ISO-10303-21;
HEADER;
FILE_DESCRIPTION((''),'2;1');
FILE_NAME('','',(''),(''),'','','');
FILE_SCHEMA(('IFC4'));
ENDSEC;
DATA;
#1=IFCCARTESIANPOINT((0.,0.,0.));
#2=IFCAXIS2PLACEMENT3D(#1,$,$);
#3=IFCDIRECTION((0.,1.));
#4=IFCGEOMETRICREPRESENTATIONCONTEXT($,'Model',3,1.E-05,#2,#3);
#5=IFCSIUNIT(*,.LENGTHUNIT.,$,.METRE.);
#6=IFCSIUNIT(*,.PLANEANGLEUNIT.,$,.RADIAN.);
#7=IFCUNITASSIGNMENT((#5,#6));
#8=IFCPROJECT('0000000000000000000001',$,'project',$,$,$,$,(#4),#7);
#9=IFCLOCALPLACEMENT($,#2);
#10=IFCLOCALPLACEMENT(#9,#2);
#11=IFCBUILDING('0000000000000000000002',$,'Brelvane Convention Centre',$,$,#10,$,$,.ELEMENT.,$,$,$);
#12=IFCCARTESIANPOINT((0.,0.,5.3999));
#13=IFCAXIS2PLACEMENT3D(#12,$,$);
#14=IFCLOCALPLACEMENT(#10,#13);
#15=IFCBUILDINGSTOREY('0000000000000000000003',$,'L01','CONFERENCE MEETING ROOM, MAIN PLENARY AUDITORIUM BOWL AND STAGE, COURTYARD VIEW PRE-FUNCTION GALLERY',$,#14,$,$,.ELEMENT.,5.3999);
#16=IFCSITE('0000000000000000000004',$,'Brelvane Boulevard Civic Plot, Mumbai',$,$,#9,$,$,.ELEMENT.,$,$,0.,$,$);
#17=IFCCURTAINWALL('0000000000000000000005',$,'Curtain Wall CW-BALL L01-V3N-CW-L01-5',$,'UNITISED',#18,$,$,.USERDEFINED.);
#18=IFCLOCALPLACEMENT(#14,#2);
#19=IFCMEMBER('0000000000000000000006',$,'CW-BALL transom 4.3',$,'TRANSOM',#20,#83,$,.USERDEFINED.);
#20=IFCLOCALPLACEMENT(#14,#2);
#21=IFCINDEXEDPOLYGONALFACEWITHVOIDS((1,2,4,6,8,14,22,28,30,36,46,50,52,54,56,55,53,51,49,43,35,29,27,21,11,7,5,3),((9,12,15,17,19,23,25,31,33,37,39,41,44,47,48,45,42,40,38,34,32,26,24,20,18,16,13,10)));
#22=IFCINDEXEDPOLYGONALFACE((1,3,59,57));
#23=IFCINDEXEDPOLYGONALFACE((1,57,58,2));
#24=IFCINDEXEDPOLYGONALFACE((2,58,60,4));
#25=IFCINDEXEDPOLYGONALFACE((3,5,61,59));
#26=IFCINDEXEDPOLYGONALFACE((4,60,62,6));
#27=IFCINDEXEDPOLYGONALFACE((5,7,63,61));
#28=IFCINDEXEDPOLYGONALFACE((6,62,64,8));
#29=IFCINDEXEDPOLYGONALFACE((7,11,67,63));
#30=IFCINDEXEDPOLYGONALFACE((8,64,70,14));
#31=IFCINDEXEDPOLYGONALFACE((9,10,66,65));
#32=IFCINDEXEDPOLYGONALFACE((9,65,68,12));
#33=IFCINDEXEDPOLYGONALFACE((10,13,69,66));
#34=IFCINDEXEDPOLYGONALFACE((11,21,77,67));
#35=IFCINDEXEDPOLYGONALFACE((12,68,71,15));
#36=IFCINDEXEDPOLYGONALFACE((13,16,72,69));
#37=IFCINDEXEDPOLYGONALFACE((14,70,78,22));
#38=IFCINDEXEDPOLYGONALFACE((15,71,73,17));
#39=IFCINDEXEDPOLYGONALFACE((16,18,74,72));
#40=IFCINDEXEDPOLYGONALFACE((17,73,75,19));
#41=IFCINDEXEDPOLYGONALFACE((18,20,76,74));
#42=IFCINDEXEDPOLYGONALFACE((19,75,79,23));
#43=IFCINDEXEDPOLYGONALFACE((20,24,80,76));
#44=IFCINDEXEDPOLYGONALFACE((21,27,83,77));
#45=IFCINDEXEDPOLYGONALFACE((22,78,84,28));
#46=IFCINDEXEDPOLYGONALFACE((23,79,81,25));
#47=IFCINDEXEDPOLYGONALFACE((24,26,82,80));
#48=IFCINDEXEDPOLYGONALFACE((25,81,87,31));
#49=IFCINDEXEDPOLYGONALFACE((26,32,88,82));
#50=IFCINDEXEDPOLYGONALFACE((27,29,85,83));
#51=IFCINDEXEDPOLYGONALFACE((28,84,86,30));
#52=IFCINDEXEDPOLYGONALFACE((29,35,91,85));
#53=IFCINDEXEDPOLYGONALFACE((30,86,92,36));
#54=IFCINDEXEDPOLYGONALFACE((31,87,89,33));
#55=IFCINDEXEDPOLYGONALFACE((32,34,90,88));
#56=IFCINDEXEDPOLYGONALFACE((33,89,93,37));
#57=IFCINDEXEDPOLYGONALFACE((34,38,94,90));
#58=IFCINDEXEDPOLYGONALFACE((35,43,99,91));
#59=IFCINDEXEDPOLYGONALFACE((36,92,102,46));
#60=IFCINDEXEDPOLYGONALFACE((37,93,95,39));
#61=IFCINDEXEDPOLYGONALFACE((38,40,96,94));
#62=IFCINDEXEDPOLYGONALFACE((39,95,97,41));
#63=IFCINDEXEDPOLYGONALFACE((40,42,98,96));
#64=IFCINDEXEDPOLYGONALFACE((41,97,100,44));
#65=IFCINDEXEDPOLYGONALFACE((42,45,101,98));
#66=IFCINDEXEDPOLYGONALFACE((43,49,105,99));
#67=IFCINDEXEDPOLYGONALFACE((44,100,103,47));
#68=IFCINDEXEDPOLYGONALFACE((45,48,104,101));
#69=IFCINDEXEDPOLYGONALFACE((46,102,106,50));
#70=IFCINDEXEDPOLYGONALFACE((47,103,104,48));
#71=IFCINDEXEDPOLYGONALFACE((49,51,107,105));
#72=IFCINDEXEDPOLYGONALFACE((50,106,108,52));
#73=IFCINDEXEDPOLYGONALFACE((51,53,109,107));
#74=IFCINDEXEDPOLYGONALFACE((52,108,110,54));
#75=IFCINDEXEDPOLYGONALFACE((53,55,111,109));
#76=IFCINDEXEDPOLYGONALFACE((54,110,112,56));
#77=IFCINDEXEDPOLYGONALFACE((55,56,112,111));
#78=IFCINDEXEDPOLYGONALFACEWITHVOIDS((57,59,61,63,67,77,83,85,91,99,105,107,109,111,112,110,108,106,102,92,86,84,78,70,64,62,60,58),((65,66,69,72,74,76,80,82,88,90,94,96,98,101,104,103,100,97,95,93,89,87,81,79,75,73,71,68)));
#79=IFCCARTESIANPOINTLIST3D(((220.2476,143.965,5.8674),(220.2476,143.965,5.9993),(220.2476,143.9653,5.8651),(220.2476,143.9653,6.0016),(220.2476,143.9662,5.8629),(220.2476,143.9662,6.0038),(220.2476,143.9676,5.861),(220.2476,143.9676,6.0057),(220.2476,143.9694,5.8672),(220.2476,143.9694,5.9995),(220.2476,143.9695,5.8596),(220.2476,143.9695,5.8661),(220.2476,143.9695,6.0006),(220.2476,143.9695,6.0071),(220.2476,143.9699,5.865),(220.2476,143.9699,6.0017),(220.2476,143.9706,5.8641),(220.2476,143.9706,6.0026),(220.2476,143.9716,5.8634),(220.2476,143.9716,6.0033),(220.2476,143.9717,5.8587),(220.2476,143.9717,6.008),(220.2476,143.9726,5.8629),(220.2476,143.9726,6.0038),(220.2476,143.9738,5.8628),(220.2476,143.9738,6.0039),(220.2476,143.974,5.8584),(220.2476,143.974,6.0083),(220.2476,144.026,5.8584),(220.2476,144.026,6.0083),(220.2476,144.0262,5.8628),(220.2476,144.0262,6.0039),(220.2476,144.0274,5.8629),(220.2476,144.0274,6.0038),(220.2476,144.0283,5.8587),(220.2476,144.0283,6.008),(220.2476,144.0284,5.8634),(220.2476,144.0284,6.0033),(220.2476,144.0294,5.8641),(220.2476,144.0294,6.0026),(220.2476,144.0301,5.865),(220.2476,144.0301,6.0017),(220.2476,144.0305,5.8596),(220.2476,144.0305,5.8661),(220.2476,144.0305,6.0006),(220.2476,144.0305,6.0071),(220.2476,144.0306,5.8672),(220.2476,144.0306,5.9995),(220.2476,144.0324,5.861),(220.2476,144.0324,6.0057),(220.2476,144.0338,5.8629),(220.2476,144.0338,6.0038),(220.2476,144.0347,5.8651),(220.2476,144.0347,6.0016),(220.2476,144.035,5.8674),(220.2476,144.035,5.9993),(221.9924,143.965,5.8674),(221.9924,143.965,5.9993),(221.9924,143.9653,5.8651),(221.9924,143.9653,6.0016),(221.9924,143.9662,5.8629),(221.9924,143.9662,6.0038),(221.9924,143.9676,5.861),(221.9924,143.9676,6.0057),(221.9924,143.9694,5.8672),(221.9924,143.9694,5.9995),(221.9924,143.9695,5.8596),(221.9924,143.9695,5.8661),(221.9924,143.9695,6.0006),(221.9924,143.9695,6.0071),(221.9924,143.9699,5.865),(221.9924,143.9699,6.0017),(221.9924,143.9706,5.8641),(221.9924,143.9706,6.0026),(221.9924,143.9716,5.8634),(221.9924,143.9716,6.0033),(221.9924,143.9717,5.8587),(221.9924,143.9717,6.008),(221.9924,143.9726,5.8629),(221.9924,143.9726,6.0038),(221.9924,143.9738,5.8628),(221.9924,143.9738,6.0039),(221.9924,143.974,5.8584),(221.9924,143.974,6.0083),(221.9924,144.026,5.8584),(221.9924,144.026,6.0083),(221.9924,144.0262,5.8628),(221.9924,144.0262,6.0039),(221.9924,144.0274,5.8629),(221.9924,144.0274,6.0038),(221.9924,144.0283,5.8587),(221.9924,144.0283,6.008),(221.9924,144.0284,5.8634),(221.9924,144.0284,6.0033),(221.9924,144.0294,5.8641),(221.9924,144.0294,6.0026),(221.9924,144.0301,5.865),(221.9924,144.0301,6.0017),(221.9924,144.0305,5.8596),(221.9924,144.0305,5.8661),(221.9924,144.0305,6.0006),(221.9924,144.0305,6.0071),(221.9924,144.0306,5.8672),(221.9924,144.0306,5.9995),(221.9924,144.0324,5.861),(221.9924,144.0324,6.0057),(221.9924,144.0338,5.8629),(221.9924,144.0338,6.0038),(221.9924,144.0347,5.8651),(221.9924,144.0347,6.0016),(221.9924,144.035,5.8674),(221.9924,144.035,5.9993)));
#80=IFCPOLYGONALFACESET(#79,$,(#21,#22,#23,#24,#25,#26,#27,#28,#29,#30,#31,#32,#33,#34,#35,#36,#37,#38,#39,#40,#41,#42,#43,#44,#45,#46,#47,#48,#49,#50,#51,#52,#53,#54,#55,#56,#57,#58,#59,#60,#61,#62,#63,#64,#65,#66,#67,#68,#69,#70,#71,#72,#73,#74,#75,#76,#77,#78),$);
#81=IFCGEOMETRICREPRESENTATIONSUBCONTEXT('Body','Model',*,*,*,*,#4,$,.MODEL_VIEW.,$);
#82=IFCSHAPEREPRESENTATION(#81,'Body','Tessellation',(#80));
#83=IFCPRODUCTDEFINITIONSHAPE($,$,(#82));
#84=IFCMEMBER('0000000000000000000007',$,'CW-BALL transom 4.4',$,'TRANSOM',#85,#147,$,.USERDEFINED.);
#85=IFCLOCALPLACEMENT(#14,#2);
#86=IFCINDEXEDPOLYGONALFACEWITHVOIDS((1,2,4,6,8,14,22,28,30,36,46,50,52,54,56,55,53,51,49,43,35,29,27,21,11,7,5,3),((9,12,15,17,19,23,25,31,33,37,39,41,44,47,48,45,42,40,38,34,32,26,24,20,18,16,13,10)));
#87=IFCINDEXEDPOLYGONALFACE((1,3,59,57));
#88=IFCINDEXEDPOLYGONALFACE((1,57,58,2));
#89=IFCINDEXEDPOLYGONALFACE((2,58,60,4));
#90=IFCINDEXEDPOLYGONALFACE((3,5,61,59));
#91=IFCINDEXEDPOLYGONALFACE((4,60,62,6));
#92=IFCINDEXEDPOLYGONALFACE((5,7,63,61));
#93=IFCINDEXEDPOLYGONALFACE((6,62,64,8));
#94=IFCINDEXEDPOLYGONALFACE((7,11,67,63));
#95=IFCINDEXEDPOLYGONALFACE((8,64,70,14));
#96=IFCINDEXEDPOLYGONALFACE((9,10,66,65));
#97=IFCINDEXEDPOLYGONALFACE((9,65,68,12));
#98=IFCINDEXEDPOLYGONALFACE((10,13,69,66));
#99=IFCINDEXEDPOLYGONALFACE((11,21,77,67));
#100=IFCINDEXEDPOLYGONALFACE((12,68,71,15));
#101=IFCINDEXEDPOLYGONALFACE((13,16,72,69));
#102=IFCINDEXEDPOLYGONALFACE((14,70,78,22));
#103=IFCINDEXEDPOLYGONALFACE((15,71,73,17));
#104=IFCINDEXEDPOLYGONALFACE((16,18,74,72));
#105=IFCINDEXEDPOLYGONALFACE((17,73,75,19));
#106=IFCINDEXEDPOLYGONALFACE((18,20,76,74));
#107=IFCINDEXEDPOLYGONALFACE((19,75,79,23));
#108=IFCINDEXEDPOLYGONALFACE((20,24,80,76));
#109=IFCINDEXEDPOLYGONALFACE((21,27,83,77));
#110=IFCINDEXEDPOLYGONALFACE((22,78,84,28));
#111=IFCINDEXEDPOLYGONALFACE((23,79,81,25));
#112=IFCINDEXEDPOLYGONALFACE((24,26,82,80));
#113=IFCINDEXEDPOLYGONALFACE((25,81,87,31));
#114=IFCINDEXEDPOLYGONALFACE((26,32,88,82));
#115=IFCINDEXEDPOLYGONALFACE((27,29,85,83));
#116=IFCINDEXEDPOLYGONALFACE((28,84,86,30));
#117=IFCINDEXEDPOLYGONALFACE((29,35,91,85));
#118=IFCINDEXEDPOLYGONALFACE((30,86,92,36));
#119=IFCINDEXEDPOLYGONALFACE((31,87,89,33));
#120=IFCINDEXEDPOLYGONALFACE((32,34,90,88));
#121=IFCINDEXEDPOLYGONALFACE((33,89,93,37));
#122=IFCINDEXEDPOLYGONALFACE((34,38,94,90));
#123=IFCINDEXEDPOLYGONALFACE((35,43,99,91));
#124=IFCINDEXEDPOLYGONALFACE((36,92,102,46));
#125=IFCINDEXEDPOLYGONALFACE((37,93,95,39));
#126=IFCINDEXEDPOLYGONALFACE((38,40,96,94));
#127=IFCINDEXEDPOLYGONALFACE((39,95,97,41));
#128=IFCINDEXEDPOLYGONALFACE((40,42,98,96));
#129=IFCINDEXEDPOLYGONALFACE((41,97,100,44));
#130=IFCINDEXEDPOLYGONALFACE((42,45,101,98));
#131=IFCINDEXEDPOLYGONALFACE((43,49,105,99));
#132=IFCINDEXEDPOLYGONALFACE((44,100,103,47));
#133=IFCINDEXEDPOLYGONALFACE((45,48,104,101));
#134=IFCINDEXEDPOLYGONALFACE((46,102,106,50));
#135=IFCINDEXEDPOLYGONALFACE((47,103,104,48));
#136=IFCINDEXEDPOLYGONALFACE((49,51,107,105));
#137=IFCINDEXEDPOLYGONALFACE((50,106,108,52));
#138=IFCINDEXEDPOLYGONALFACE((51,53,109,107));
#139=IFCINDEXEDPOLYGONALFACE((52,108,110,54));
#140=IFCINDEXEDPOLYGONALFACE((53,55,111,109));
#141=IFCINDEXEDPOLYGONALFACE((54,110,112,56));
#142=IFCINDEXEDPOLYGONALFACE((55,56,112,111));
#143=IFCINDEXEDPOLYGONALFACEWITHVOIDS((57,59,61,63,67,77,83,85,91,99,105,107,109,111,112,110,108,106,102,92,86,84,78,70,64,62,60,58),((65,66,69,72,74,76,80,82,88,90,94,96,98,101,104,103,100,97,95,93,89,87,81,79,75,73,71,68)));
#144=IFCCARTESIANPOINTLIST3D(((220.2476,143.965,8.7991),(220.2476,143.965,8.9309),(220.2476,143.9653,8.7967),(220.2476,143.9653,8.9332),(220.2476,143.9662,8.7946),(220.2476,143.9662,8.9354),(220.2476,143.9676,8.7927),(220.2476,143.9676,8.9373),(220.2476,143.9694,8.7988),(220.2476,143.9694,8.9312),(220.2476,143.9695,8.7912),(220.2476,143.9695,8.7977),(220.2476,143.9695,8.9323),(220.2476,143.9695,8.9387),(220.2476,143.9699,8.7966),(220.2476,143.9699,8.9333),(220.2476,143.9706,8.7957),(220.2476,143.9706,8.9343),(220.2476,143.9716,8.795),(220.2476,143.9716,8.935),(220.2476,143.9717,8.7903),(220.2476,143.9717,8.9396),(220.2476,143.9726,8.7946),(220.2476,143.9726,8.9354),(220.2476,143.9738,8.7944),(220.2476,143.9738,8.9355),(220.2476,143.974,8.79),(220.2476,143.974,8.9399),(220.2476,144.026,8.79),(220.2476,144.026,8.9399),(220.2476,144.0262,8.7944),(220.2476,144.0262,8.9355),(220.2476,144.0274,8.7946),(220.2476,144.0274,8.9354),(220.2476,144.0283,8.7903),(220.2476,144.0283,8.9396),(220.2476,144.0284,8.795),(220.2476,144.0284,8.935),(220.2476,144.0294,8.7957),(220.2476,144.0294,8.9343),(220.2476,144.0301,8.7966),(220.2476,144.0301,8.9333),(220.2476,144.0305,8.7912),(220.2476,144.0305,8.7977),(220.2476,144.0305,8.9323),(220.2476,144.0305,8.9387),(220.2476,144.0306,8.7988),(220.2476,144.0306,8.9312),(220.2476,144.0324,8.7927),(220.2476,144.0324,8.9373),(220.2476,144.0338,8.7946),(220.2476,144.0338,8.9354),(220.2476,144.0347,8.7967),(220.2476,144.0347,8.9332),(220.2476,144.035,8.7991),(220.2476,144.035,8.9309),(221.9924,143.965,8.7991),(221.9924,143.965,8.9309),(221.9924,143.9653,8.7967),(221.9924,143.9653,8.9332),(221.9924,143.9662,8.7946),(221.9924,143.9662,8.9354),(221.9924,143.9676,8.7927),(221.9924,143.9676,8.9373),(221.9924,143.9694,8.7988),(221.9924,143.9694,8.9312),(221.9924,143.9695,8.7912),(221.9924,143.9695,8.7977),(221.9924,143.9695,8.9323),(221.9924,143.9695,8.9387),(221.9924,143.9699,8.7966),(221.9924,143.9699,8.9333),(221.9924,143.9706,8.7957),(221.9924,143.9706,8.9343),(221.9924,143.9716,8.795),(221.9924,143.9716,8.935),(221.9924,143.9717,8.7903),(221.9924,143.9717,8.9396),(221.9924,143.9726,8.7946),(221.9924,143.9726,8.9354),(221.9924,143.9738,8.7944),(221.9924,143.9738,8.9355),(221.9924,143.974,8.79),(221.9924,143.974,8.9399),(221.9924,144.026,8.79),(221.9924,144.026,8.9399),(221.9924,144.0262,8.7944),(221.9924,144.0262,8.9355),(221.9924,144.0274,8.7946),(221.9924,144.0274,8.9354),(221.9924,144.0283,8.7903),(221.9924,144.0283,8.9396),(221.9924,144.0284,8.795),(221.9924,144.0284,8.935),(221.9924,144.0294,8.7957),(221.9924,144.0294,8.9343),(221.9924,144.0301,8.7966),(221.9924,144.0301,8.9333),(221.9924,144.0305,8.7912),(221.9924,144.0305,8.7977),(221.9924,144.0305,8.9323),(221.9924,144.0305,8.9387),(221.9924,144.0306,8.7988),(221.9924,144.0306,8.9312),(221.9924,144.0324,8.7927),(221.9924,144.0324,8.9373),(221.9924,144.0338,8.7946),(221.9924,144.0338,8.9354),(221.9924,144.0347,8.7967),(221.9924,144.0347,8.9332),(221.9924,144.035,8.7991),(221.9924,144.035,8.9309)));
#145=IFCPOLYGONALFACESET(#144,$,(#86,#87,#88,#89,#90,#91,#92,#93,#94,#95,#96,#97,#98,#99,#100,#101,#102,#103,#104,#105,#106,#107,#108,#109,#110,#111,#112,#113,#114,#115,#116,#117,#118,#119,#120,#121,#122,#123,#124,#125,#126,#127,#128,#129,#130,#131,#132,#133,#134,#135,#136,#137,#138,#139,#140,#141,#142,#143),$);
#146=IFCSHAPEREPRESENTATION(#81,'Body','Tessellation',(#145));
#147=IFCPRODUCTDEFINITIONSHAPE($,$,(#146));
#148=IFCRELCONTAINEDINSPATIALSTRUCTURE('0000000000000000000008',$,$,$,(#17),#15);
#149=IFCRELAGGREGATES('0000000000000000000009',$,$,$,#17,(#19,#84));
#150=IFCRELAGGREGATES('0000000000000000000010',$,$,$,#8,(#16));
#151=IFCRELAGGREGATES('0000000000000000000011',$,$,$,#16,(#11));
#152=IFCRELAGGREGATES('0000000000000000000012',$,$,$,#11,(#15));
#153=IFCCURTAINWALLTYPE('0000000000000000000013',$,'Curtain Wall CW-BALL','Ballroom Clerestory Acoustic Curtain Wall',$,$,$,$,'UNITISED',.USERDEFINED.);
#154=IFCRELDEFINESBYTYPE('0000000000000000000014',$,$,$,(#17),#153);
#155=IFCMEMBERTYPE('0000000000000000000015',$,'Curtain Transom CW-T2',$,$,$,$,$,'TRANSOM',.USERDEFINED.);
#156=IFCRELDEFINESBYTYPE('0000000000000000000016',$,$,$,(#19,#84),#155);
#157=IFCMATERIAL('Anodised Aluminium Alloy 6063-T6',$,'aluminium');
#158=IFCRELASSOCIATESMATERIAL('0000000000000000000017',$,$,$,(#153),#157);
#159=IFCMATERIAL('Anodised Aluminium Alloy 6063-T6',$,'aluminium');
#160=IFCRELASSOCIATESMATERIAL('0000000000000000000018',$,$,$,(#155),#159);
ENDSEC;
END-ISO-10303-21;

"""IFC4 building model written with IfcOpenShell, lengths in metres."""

from ifc_helpers import new_model, si_unit, direction, frame, origin, origin_2d, place, context, subcontext, project, spatial, hollow_rectangle, extrude, material, material_profile, profile_set, type_object, element, aggregate, save


model = new_model("IFC4")

# Units and contexts
model_context = context("Model", 3, precision=1e-05, world=origin(), true_north=direction((0.0, 1.0)))
body_context = subcontext(model_context, "Body", "Model", "MODEL_VIEW")
ifc_project = project(units=[si_unit("LENGTHUNIT", "METRE"), si_unit("PLANEANGLEUNIT", "RADIAN")], contexts=[model_context])

# Site, building, storey
site_placement = place(None, origin())
site = spatial("IfcSite", under=ifc_project, at=site_placement, Name="Brelvane Boulevard Civic Plot, Mumbai", CompositionType="ELEMENT", RefElevation=0.0)
building_placement = place(site_placement, origin())
building = spatial("IfcBuilding", under=site, at=building_placement, Name="Brelvane Convention Centre", CompositionType="ELEMENT")
storey_placement = place(building_placement, frame((0.0, 0.0, 5.3999)))
storey = spatial("IfcBuildingStorey", under=building, at=storey_placement, Name="L01", Description="CONFERENCE MEETING ROOM, MAIN PLENARY AUDITORIUM BOWL AND STAGE, COURTYARD VIEW PRE-FUNCTION GALLERY", CompositionType="ELEMENT", Elevation=5.3999)

# Curtain wall, members
ifc_material_1 = material(Name="Anodised Aluminium Alloy 6063-T6", Category="aluminium")
curtain_wall_type = type_object("IfcCurtainWallType", Name="Curtain Wall CW-BALL", Description="Ballroom Clerestory Acoustic Curtain Wall", ElementType="UNITISED", PredefinedType="USERDEFINED", material=ifc_material_1)
curtain_wall_placement = place(storey_placement, origin())
curtain_wall = element("IfcCurtainWall", 1, at=curtain_wall_placement, inside=storey, type_object=curtain_wall_type, Name="Curtain Wall CW-BALL L01-V3N-CW-L01-5", ObjectType="UNITISED", PredefinedType="USERDEFINED")
ifc_material_2 = material(Name="Anodised Aluminium Alloy 6063-T6", Category="aluminium")
ifc_material_profile_1 = material_profile(ifc_material_2, hollow_rectangle(XDim=0.0701, YDim=0.1499, WallThickness=0.0044, InnerFilletRadius=0.0044, OuterFilletRadius=0.009, at=origin_2d()), Name="ALU-T 150x70x4.5")
ifc_profile_set_1 = profile_set([ifc_material_profile_1], Name="Anodised Aluminium Alloy 6063-T6")
member_type_1 = type_object("IfcMemberType", Name="Curtain Transom CW-T2", ElementType="TRANSOM", PredefinedType="USERDEFINED", material=ifc_profile_set_1)
member_1_placement = place(storey_placement, frame((220.2476, 144.0, 5.9333), z_axis=(1.0, 0.0, 0.0), x_axis=(0.0, 1.0, 0.0)))
member_1 = element("IfcMember", 2, at=member_1_placement, type_object=member_type_1, Name="CW-BALL transom 4.3", ObjectType="TRANSOM", PredefinedType="USERDEFINED", context=body_context, shape_type="SweptSolid", body=[
    extrude(hollow_rectangle(XDim=0.0701, YDim=0.1499, WallThickness=0.0044, InnerFilletRadius=0.0044, OuterFilletRadius=0.009, at=origin_2d()), origin(), (0.0, 0.0, 1.0), 1.7449),
])
member_2_placement = place(storey_placement, frame((220.2476, 144.0, 8.865), z_axis=(1.0, 0.0, 0.0), x_axis=(0.0, 1.0, 0.0)))
member_2 = element("IfcMember", 3, at=member_2_placement, type_object=member_type_1, Name="CW-BALL transom 4.4", ObjectType="TRANSOM", PredefinedType="USERDEFINED", context=body_context, shape_type="SweptSolid", body=[
    extrude(hollow_rectangle(XDim=0.0701, YDim=0.1499, WallThickness=0.0044, InnerFilletRadius=0.0044, OuterFilletRadius=0.009, at=origin_2d()), origin(), (0.0, 0.0, 1.0), 1.7449),
])
aggregate(curtain_wall, [member_1, member_2])

save(model, "model.ifc")
